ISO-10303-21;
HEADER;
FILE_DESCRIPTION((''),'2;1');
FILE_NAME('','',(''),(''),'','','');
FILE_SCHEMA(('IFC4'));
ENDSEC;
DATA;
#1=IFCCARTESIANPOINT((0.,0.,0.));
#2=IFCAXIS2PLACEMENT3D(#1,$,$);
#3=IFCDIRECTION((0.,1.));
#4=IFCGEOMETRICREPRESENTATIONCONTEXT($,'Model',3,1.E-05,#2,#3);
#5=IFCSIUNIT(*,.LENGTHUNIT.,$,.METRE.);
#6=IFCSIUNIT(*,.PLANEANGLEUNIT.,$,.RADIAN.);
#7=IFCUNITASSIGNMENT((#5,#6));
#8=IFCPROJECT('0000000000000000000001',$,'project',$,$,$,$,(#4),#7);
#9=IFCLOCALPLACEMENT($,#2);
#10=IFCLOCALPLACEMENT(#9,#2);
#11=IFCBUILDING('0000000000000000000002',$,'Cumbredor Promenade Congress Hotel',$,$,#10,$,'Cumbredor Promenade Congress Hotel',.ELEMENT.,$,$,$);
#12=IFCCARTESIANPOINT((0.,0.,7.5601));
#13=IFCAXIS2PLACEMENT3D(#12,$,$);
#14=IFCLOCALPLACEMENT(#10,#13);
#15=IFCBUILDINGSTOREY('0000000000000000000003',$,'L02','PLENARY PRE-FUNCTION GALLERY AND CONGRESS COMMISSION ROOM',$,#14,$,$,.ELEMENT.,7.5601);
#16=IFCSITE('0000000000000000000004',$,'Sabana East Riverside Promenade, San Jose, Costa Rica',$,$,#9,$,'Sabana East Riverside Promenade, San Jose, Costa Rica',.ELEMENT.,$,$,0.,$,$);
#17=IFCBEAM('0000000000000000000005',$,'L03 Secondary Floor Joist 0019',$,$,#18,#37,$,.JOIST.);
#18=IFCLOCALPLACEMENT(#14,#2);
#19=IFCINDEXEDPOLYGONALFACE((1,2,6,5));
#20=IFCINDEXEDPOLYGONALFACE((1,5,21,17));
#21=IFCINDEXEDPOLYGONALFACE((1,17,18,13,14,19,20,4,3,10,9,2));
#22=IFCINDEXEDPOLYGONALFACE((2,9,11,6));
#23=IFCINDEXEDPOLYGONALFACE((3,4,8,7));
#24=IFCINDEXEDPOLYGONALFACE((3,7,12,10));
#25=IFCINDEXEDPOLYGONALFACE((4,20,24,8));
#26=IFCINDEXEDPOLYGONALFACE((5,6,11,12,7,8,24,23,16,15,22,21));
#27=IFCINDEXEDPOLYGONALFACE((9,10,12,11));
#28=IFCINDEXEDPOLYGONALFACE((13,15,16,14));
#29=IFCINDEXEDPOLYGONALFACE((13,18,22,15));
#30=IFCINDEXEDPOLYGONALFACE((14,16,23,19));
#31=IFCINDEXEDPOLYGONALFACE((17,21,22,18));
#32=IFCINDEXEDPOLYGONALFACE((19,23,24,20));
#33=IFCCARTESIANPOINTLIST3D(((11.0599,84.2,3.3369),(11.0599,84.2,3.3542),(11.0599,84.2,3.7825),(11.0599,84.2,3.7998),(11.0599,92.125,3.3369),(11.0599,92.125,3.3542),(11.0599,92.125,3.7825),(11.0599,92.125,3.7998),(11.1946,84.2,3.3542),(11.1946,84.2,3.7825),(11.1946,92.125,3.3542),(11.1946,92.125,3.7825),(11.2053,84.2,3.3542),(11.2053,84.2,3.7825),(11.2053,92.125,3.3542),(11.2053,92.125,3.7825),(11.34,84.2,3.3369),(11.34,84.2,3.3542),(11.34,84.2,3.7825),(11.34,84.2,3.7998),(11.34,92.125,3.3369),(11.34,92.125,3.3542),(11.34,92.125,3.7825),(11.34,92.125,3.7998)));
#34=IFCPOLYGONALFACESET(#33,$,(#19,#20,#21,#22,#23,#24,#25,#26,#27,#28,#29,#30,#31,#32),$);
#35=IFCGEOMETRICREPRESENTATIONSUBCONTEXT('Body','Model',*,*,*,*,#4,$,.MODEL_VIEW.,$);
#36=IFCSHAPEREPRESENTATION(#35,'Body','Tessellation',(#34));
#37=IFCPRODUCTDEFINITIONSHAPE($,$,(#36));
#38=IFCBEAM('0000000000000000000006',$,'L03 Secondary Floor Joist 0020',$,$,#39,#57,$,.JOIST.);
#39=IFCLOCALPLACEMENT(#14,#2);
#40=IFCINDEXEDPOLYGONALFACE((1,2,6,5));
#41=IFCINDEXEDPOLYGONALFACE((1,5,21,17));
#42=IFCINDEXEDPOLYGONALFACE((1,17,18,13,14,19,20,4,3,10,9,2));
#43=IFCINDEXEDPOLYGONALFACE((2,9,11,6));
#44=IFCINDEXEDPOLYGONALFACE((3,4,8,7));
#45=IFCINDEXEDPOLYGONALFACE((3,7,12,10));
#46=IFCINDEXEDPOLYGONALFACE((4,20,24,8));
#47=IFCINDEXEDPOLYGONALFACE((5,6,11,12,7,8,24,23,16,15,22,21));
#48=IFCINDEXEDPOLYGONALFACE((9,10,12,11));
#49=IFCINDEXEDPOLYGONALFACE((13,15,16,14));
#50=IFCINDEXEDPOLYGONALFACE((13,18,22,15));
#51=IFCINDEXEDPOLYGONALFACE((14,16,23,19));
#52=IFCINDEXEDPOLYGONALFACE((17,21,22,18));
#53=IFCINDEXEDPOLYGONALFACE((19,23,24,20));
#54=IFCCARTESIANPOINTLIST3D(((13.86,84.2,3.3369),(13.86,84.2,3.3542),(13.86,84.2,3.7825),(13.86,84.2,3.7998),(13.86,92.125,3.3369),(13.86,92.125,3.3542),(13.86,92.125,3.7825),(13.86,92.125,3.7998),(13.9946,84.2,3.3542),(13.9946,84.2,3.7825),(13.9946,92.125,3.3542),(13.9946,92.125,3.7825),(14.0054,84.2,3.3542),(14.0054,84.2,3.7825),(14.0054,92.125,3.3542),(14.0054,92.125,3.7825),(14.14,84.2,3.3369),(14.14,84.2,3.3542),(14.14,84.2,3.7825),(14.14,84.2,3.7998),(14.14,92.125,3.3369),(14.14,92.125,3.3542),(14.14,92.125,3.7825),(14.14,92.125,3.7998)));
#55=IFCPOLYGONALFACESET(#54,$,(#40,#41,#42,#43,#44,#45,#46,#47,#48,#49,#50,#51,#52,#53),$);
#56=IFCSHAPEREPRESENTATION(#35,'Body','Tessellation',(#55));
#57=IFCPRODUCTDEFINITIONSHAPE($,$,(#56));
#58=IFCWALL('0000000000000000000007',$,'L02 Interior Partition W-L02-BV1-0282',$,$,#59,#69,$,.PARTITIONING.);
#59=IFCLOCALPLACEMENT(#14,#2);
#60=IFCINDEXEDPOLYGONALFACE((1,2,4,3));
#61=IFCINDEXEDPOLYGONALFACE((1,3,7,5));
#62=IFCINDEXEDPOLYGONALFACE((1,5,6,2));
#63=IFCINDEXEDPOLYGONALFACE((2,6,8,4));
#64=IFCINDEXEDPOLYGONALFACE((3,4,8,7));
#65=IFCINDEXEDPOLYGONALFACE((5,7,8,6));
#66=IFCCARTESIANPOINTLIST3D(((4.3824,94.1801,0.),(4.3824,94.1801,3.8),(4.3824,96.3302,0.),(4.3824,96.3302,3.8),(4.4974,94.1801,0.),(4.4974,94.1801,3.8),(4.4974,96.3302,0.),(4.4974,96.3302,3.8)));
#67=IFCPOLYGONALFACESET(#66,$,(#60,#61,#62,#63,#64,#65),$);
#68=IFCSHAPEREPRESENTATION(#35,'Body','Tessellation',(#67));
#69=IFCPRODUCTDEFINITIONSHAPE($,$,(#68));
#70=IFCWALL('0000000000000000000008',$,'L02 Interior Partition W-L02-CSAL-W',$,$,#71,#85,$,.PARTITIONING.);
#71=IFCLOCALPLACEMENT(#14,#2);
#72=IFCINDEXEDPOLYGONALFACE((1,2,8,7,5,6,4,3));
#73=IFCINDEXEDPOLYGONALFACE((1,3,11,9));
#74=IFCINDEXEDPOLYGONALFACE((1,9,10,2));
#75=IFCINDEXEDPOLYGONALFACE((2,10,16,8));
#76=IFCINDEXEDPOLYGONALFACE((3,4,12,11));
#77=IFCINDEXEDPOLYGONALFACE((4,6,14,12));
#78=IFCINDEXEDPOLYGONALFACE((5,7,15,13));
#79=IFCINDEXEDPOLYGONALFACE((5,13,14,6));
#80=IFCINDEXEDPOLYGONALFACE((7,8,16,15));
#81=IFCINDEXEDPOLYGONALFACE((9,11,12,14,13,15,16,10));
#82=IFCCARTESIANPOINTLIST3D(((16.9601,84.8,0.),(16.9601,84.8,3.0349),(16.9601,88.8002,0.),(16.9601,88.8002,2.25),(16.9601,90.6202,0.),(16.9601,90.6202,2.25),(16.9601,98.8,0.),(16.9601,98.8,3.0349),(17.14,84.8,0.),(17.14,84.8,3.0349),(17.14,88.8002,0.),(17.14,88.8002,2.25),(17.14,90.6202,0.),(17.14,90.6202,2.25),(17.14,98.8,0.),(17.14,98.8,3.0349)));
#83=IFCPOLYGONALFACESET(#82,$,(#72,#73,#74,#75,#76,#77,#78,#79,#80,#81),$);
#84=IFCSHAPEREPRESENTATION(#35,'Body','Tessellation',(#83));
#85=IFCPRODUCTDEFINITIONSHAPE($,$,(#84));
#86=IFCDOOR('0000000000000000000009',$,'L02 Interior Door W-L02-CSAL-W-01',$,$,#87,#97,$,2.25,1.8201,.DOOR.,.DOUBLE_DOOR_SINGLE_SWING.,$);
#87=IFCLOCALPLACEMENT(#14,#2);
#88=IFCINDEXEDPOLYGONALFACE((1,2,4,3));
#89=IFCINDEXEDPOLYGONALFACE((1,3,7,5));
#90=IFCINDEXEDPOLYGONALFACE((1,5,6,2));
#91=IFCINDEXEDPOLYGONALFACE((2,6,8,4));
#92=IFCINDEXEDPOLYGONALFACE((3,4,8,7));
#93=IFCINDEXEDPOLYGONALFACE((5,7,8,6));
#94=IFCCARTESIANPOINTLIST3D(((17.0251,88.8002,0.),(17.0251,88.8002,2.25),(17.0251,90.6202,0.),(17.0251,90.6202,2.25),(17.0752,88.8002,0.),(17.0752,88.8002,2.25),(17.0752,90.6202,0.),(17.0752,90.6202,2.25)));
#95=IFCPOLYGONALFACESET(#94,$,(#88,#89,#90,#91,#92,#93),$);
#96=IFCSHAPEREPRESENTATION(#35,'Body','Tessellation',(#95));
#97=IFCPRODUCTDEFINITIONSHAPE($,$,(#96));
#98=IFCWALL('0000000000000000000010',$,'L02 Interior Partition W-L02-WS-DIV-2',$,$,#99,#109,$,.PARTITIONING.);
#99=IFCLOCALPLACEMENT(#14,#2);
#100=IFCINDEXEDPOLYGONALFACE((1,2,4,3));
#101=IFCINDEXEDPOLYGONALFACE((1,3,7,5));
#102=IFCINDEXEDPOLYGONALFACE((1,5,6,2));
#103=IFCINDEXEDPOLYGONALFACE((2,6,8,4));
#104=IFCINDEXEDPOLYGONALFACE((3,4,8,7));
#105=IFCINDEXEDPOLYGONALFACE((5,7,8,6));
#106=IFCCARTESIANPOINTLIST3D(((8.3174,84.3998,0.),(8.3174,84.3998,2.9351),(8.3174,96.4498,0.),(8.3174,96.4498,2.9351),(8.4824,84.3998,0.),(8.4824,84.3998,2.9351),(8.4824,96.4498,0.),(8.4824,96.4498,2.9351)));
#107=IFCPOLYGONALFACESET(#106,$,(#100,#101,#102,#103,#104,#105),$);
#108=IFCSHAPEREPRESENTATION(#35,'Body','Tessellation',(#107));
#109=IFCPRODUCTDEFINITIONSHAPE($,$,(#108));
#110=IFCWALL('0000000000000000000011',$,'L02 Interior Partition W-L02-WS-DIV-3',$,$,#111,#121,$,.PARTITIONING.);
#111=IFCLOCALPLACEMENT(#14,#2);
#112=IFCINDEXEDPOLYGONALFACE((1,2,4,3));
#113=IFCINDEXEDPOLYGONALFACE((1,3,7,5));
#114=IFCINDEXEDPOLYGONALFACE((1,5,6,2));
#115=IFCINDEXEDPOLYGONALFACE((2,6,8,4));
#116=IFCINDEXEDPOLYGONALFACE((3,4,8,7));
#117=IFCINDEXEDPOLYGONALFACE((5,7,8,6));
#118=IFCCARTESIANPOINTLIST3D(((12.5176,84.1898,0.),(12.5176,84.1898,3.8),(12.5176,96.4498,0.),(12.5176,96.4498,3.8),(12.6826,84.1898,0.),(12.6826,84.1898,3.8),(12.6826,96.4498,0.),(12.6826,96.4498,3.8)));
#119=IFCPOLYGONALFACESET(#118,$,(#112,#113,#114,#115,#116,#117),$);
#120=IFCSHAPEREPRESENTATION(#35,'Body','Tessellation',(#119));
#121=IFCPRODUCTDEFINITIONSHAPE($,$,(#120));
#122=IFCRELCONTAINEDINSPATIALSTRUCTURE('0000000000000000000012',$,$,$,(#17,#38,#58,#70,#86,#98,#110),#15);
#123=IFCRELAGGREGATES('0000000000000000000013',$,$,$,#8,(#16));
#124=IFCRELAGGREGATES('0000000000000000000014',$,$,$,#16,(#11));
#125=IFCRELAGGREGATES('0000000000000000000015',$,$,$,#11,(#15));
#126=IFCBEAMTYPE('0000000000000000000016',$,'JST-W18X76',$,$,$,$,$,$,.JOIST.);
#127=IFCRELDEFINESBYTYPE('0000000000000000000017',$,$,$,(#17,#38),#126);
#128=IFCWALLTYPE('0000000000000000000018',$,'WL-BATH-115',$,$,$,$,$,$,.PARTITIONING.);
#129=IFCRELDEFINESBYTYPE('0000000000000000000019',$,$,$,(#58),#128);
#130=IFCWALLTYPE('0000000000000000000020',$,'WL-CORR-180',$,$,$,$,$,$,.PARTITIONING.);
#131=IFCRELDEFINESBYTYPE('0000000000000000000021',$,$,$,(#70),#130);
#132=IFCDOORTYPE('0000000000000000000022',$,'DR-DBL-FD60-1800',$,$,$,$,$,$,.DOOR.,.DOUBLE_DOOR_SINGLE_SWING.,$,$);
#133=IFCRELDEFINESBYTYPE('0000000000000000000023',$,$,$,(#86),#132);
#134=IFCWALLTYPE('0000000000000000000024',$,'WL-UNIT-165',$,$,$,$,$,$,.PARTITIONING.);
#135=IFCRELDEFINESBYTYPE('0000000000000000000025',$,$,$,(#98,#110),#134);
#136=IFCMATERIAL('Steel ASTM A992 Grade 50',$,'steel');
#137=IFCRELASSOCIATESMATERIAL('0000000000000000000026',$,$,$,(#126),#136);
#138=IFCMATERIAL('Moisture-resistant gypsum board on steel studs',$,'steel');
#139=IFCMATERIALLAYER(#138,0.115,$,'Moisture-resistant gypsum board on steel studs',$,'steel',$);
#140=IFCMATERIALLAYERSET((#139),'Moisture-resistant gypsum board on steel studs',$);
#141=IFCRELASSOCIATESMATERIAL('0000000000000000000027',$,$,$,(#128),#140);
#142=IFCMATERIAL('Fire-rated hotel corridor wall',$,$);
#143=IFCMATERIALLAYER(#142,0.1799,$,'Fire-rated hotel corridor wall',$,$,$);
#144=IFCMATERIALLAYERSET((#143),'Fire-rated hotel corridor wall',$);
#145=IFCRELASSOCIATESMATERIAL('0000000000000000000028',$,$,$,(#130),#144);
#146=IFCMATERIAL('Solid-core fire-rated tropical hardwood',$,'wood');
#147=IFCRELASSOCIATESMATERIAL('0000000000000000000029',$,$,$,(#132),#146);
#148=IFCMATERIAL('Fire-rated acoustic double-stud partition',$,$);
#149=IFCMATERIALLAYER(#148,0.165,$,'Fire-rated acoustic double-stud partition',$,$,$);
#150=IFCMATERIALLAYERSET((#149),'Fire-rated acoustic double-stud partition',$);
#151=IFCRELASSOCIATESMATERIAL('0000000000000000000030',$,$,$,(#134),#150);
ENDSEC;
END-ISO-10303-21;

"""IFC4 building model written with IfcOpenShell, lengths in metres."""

from ifc_helpers import new_model, si_unit, direction, frame, frame_2d, origin, origin_2d, place, context, subcontext, project, spatial, rectangle, i_section, extrude, material, layer, layer_set, material_profile, profile_set, type_object, element, fill, save


model = new_model("IFC4")

# Units and contexts
model_context = context("Model", 3, precision=1e-05, world=origin(), true_north=direction((0.0, 1.0)))
body_context = subcontext(model_context, "Body", "Model", "MODEL_VIEW")
ifc_project = project(units=[si_unit("LENGTHUNIT", "METRE"), si_unit("PLANEANGLEUNIT", "RADIAN")], contexts=[model_context])

# Site, building, storey
site_placement = place(None, origin())
site = spatial("IfcSite", under=ifc_project, at=site_placement, Name="Sabana East Riverside Promenade, San Jose, Costa Rica", LongName="Sabana East Riverside Promenade, San Jose, Costa Rica", CompositionType="ELEMENT", RefElevation=0.0)
building_placement = place(site_placement, origin())
building = spatial("IfcBuilding", under=site, at=building_placement, Name="Cumbredor Promenade Congress Hotel", LongName="Cumbredor Promenade Congress Hotel", CompositionType="ELEMENT")
storey_placement = place(building_placement, frame((0.0, 0.0, 7.5601)))
storey = spatial("IfcBuildingStorey", under=building, at=storey_placement, Name="L02", Description="PLENARY PRE-FUNCTION GALLERY AND CONGRESS COMMISSION ROOM", CompositionType="ELEMENT", Elevation=7.5601)

# Beams
ifc_material_1 = material(Name="Steel ASTM A992 Grade 50", Category="steel")
ifc_material_profile_1 = material_profile(ifc_material_1, i_section(OverallWidth=0.28, OverallDepth=0.4629, WebThickness=0.0107, FlangeThickness=0.0173, at=origin_2d()), Name="W18X76")
ifc_profile_set_1 = profile_set([ifc_material_profile_1], Name="Steel ASTM A992 Grade 50")
beam_type_1 = type_object("IfcBeamType", Name="JST-W18X76", PredefinedType="JOIST", material=ifc_profile_set_1)
for number, where, z_axis, x_axis, name in (
    (1, (11.2, 84.2, 3.5684), (0.0, 1.0, 0.0), (-1.0, 0.0, 0.0), "L03 Secondary Floor Joist 0019"),
    (2, (14.0, 84.2, 3.5684), (0.0, 1.0, 0.0), (-1.0, 0.0, 0.0), "L03 Secondary Floor Joist 0020"),
):
    element("IfcBeam", number, at=place(storey_placement, frame(where, z_axis=z_axis, x_axis=x_axis)), inside=storey, type_object=beam_type_1, Name=name, PredefinedType="JOIST", context=body_context, shape_type="SweptSolid", body=[
        extrude(i_section(OverallWidth=0.28, OverallDepth=0.4629, WebThickness=0.0107, FlangeThickness=0.0173, at=origin_2d()), origin(), (0.0, 0.0, 1.0), 7.925),
    ])

# Wall
ifc_material_2 = material(Name="Moisture-resistant gypsum board on steel studs", Category="steel")
ifc_layer_1 = layer(ifc_material_2, 0.115, Name="Moisture-resistant gypsum board on steel studs", Category="steel")
ifc_layer_set_1 = layer_set([ifc_layer_1], Name="Moisture-resistant gypsum board on steel studs")
wall_type_1 = type_object("IfcWallType", Name="WL-BATH-115", PredefinedType="PARTITIONING", material=ifc_layer_set_1)
wall_1_placement = place(storey_placement, frame((4.4399, 94.1799, 0.0), z_axis=(0.0, 0.0, 1.0), x_axis=(0.0, 1.0, 0.0)))
element("IfcWall", 3, at=wall_1_placement, inside=storey, type_object=wall_type_1, Name="L02 Interior Partition W-L02-BV1-0282", PredefinedType="PARTITIONING", context=body_context, shape_type="SweptSolid", body=[
    extrude(rectangle(XDim=2.1501, YDim=0.115, at=frame_2d((1.0752, 0.0))), origin(), (0.0, 0.0, 1.0), 3.8),
])

# Wall, opening, door
ifc_material_3 = material(Name="Fire-rated hotel corridor wall")
ifc_layer_2 = layer(ifc_material_3, 0.1799, Name="Fire-rated hotel corridor wall")
ifc_layer_set_2 = layer_set([ifc_layer_2], Name="Fire-rated hotel corridor wall")
wall_type_2 = type_object("IfcWallType", Name="WL-CORR-180", PredefinedType="PARTITIONING", material=ifc_layer_set_2)
wall_2_placement = place(storey_placement, frame((17.05, 84.8, 0.0), z_axis=(0.0, 0.0, 1.0), x_axis=(0.0, 1.0, 0.0)))
wall_2 = element("IfcWall", 4, at=wall_2_placement, inside=storey, type_object=wall_type_2, Name="L02 Interior Partition W-L02-CSAL-W", PredefinedType="PARTITIONING", context=body_context, shape_type="SweptSolid", body=[
    extrude(rectangle(XDim=14.0, YDim=0.1799, at=frame_2d((7.0, 0.0))), origin(), (0.0, 0.0, 1.0), 3.0349),
])
opening_placement = place(wall_2_placement, frame((4.0, 0.0, 0.0)))
opening = element("IfcOpeningElement", 5, at=opening_placement, cuts=wall_2, PredefinedType="OPENING", context=body_context, shape_type="SweptSolid", body=[
    extrude(rectangle(XDim=1.8201, YDim=2.25, at=frame_2d((0.9102, 1.125))), frame((0.0, 0.1001, 0.0), z_axis=(0.0, -1.0, 0.0), x_axis=(1.0, 0.0, 0.0)), (0.0, 0.0, 1.0), 0.2),
])
ifc_material_4 = material(Name="Solid-core fire-rated tropical hardwood", Category="wood")
door_type = type_object("IfcDoorType", Name="DR-DBL-FD60-1800", OperationType="DOUBLE_DOOR_SINGLE_SWING", PredefinedType="DOOR", material=ifc_material_4)
door_placement = place(opening_placement, origin())
door = element("IfcDoor", 6, at=door_placement, inside=storey, type_object=door_type, Name="L02 Interior Door W-L02-CSAL-W-01", OperationType="DOUBLE_DOOR_SINGLE_SWING", OverallHeight=2.25, OverallWidth=1.8201, PredefinedType="DOOR", context=body_context, shape_type="SweptSolid", body=[
    extrude(rectangle(XDim=1.8201, YDim=2.25, at=frame_2d((0.9102, 1.125))), frame((0.0, 0.0249, 0.0), z_axis=(0.0, -1.0, 0.0), x_axis=(1.0, 0.0, 0.0)), (0.0, 0.0, 1.0), 0.05),
])
fill(opening, door)

# Walls
ifc_material_5 = material(Name="Fire-rated acoustic double-stud partition")
ifc_layer_3 = layer(ifc_material_5, 0.165, Name="Fire-rated acoustic double-stud partition")
ifc_layer_set_3 = layer_set([ifc_layer_3], Name="Fire-rated acoustic double-stud partition")
wall_type_3 = type_object("IfcWallType", Name="WL-UNIT-165", PredefinedType="PARTITIONING", material=ifc_layer_set_3)
wall_3_placement = place(storey_placement, frame((8.3999, 84.3999, 0.0), z_axis=(0.0, 0.0, 1.0), x_axis=(0.0, 1.0, 0.0)))
element("IfcWall", 7, at=wall_3_placement, inside=storey, type_object=wall_type_3, Name="L02 Interior Partition W-L02-WS-DIV-2", PredefinedType="PARTITIONING", context=body_context, shape_type="SweptSolid", body=[
    extrude(rectangle(XDim=12.05, YDim=0.165, at=frame_2d((6.0249, 0.0))), origin(), (0.0, 0.0, 1.0), 2.9351),
])
wall_4_placement = place(storey_placement, frame((12.6001, 84.1899, 0.0), z_axis=(0.0, 0.0, 1.0), x_axis=(0.0, 1.0, 0.0)))
element("IfcWall", 8, at=wall_4_placement, inside=storey, type_object=wall_type_3, Name="L02 Interior Partition W-L02-WS-DIV-3", PredefinedType="PARTITIONING", context=body_context, shape_type="SweptSolid", body=[
    extrude(rectangle(XDim=12.26, YDim=0.165, at=frame_2d((6.1299, 0.0))), origin(), (0.0, 0.0, 1.0), 3.8),
])

save(model, "model.ifc")
